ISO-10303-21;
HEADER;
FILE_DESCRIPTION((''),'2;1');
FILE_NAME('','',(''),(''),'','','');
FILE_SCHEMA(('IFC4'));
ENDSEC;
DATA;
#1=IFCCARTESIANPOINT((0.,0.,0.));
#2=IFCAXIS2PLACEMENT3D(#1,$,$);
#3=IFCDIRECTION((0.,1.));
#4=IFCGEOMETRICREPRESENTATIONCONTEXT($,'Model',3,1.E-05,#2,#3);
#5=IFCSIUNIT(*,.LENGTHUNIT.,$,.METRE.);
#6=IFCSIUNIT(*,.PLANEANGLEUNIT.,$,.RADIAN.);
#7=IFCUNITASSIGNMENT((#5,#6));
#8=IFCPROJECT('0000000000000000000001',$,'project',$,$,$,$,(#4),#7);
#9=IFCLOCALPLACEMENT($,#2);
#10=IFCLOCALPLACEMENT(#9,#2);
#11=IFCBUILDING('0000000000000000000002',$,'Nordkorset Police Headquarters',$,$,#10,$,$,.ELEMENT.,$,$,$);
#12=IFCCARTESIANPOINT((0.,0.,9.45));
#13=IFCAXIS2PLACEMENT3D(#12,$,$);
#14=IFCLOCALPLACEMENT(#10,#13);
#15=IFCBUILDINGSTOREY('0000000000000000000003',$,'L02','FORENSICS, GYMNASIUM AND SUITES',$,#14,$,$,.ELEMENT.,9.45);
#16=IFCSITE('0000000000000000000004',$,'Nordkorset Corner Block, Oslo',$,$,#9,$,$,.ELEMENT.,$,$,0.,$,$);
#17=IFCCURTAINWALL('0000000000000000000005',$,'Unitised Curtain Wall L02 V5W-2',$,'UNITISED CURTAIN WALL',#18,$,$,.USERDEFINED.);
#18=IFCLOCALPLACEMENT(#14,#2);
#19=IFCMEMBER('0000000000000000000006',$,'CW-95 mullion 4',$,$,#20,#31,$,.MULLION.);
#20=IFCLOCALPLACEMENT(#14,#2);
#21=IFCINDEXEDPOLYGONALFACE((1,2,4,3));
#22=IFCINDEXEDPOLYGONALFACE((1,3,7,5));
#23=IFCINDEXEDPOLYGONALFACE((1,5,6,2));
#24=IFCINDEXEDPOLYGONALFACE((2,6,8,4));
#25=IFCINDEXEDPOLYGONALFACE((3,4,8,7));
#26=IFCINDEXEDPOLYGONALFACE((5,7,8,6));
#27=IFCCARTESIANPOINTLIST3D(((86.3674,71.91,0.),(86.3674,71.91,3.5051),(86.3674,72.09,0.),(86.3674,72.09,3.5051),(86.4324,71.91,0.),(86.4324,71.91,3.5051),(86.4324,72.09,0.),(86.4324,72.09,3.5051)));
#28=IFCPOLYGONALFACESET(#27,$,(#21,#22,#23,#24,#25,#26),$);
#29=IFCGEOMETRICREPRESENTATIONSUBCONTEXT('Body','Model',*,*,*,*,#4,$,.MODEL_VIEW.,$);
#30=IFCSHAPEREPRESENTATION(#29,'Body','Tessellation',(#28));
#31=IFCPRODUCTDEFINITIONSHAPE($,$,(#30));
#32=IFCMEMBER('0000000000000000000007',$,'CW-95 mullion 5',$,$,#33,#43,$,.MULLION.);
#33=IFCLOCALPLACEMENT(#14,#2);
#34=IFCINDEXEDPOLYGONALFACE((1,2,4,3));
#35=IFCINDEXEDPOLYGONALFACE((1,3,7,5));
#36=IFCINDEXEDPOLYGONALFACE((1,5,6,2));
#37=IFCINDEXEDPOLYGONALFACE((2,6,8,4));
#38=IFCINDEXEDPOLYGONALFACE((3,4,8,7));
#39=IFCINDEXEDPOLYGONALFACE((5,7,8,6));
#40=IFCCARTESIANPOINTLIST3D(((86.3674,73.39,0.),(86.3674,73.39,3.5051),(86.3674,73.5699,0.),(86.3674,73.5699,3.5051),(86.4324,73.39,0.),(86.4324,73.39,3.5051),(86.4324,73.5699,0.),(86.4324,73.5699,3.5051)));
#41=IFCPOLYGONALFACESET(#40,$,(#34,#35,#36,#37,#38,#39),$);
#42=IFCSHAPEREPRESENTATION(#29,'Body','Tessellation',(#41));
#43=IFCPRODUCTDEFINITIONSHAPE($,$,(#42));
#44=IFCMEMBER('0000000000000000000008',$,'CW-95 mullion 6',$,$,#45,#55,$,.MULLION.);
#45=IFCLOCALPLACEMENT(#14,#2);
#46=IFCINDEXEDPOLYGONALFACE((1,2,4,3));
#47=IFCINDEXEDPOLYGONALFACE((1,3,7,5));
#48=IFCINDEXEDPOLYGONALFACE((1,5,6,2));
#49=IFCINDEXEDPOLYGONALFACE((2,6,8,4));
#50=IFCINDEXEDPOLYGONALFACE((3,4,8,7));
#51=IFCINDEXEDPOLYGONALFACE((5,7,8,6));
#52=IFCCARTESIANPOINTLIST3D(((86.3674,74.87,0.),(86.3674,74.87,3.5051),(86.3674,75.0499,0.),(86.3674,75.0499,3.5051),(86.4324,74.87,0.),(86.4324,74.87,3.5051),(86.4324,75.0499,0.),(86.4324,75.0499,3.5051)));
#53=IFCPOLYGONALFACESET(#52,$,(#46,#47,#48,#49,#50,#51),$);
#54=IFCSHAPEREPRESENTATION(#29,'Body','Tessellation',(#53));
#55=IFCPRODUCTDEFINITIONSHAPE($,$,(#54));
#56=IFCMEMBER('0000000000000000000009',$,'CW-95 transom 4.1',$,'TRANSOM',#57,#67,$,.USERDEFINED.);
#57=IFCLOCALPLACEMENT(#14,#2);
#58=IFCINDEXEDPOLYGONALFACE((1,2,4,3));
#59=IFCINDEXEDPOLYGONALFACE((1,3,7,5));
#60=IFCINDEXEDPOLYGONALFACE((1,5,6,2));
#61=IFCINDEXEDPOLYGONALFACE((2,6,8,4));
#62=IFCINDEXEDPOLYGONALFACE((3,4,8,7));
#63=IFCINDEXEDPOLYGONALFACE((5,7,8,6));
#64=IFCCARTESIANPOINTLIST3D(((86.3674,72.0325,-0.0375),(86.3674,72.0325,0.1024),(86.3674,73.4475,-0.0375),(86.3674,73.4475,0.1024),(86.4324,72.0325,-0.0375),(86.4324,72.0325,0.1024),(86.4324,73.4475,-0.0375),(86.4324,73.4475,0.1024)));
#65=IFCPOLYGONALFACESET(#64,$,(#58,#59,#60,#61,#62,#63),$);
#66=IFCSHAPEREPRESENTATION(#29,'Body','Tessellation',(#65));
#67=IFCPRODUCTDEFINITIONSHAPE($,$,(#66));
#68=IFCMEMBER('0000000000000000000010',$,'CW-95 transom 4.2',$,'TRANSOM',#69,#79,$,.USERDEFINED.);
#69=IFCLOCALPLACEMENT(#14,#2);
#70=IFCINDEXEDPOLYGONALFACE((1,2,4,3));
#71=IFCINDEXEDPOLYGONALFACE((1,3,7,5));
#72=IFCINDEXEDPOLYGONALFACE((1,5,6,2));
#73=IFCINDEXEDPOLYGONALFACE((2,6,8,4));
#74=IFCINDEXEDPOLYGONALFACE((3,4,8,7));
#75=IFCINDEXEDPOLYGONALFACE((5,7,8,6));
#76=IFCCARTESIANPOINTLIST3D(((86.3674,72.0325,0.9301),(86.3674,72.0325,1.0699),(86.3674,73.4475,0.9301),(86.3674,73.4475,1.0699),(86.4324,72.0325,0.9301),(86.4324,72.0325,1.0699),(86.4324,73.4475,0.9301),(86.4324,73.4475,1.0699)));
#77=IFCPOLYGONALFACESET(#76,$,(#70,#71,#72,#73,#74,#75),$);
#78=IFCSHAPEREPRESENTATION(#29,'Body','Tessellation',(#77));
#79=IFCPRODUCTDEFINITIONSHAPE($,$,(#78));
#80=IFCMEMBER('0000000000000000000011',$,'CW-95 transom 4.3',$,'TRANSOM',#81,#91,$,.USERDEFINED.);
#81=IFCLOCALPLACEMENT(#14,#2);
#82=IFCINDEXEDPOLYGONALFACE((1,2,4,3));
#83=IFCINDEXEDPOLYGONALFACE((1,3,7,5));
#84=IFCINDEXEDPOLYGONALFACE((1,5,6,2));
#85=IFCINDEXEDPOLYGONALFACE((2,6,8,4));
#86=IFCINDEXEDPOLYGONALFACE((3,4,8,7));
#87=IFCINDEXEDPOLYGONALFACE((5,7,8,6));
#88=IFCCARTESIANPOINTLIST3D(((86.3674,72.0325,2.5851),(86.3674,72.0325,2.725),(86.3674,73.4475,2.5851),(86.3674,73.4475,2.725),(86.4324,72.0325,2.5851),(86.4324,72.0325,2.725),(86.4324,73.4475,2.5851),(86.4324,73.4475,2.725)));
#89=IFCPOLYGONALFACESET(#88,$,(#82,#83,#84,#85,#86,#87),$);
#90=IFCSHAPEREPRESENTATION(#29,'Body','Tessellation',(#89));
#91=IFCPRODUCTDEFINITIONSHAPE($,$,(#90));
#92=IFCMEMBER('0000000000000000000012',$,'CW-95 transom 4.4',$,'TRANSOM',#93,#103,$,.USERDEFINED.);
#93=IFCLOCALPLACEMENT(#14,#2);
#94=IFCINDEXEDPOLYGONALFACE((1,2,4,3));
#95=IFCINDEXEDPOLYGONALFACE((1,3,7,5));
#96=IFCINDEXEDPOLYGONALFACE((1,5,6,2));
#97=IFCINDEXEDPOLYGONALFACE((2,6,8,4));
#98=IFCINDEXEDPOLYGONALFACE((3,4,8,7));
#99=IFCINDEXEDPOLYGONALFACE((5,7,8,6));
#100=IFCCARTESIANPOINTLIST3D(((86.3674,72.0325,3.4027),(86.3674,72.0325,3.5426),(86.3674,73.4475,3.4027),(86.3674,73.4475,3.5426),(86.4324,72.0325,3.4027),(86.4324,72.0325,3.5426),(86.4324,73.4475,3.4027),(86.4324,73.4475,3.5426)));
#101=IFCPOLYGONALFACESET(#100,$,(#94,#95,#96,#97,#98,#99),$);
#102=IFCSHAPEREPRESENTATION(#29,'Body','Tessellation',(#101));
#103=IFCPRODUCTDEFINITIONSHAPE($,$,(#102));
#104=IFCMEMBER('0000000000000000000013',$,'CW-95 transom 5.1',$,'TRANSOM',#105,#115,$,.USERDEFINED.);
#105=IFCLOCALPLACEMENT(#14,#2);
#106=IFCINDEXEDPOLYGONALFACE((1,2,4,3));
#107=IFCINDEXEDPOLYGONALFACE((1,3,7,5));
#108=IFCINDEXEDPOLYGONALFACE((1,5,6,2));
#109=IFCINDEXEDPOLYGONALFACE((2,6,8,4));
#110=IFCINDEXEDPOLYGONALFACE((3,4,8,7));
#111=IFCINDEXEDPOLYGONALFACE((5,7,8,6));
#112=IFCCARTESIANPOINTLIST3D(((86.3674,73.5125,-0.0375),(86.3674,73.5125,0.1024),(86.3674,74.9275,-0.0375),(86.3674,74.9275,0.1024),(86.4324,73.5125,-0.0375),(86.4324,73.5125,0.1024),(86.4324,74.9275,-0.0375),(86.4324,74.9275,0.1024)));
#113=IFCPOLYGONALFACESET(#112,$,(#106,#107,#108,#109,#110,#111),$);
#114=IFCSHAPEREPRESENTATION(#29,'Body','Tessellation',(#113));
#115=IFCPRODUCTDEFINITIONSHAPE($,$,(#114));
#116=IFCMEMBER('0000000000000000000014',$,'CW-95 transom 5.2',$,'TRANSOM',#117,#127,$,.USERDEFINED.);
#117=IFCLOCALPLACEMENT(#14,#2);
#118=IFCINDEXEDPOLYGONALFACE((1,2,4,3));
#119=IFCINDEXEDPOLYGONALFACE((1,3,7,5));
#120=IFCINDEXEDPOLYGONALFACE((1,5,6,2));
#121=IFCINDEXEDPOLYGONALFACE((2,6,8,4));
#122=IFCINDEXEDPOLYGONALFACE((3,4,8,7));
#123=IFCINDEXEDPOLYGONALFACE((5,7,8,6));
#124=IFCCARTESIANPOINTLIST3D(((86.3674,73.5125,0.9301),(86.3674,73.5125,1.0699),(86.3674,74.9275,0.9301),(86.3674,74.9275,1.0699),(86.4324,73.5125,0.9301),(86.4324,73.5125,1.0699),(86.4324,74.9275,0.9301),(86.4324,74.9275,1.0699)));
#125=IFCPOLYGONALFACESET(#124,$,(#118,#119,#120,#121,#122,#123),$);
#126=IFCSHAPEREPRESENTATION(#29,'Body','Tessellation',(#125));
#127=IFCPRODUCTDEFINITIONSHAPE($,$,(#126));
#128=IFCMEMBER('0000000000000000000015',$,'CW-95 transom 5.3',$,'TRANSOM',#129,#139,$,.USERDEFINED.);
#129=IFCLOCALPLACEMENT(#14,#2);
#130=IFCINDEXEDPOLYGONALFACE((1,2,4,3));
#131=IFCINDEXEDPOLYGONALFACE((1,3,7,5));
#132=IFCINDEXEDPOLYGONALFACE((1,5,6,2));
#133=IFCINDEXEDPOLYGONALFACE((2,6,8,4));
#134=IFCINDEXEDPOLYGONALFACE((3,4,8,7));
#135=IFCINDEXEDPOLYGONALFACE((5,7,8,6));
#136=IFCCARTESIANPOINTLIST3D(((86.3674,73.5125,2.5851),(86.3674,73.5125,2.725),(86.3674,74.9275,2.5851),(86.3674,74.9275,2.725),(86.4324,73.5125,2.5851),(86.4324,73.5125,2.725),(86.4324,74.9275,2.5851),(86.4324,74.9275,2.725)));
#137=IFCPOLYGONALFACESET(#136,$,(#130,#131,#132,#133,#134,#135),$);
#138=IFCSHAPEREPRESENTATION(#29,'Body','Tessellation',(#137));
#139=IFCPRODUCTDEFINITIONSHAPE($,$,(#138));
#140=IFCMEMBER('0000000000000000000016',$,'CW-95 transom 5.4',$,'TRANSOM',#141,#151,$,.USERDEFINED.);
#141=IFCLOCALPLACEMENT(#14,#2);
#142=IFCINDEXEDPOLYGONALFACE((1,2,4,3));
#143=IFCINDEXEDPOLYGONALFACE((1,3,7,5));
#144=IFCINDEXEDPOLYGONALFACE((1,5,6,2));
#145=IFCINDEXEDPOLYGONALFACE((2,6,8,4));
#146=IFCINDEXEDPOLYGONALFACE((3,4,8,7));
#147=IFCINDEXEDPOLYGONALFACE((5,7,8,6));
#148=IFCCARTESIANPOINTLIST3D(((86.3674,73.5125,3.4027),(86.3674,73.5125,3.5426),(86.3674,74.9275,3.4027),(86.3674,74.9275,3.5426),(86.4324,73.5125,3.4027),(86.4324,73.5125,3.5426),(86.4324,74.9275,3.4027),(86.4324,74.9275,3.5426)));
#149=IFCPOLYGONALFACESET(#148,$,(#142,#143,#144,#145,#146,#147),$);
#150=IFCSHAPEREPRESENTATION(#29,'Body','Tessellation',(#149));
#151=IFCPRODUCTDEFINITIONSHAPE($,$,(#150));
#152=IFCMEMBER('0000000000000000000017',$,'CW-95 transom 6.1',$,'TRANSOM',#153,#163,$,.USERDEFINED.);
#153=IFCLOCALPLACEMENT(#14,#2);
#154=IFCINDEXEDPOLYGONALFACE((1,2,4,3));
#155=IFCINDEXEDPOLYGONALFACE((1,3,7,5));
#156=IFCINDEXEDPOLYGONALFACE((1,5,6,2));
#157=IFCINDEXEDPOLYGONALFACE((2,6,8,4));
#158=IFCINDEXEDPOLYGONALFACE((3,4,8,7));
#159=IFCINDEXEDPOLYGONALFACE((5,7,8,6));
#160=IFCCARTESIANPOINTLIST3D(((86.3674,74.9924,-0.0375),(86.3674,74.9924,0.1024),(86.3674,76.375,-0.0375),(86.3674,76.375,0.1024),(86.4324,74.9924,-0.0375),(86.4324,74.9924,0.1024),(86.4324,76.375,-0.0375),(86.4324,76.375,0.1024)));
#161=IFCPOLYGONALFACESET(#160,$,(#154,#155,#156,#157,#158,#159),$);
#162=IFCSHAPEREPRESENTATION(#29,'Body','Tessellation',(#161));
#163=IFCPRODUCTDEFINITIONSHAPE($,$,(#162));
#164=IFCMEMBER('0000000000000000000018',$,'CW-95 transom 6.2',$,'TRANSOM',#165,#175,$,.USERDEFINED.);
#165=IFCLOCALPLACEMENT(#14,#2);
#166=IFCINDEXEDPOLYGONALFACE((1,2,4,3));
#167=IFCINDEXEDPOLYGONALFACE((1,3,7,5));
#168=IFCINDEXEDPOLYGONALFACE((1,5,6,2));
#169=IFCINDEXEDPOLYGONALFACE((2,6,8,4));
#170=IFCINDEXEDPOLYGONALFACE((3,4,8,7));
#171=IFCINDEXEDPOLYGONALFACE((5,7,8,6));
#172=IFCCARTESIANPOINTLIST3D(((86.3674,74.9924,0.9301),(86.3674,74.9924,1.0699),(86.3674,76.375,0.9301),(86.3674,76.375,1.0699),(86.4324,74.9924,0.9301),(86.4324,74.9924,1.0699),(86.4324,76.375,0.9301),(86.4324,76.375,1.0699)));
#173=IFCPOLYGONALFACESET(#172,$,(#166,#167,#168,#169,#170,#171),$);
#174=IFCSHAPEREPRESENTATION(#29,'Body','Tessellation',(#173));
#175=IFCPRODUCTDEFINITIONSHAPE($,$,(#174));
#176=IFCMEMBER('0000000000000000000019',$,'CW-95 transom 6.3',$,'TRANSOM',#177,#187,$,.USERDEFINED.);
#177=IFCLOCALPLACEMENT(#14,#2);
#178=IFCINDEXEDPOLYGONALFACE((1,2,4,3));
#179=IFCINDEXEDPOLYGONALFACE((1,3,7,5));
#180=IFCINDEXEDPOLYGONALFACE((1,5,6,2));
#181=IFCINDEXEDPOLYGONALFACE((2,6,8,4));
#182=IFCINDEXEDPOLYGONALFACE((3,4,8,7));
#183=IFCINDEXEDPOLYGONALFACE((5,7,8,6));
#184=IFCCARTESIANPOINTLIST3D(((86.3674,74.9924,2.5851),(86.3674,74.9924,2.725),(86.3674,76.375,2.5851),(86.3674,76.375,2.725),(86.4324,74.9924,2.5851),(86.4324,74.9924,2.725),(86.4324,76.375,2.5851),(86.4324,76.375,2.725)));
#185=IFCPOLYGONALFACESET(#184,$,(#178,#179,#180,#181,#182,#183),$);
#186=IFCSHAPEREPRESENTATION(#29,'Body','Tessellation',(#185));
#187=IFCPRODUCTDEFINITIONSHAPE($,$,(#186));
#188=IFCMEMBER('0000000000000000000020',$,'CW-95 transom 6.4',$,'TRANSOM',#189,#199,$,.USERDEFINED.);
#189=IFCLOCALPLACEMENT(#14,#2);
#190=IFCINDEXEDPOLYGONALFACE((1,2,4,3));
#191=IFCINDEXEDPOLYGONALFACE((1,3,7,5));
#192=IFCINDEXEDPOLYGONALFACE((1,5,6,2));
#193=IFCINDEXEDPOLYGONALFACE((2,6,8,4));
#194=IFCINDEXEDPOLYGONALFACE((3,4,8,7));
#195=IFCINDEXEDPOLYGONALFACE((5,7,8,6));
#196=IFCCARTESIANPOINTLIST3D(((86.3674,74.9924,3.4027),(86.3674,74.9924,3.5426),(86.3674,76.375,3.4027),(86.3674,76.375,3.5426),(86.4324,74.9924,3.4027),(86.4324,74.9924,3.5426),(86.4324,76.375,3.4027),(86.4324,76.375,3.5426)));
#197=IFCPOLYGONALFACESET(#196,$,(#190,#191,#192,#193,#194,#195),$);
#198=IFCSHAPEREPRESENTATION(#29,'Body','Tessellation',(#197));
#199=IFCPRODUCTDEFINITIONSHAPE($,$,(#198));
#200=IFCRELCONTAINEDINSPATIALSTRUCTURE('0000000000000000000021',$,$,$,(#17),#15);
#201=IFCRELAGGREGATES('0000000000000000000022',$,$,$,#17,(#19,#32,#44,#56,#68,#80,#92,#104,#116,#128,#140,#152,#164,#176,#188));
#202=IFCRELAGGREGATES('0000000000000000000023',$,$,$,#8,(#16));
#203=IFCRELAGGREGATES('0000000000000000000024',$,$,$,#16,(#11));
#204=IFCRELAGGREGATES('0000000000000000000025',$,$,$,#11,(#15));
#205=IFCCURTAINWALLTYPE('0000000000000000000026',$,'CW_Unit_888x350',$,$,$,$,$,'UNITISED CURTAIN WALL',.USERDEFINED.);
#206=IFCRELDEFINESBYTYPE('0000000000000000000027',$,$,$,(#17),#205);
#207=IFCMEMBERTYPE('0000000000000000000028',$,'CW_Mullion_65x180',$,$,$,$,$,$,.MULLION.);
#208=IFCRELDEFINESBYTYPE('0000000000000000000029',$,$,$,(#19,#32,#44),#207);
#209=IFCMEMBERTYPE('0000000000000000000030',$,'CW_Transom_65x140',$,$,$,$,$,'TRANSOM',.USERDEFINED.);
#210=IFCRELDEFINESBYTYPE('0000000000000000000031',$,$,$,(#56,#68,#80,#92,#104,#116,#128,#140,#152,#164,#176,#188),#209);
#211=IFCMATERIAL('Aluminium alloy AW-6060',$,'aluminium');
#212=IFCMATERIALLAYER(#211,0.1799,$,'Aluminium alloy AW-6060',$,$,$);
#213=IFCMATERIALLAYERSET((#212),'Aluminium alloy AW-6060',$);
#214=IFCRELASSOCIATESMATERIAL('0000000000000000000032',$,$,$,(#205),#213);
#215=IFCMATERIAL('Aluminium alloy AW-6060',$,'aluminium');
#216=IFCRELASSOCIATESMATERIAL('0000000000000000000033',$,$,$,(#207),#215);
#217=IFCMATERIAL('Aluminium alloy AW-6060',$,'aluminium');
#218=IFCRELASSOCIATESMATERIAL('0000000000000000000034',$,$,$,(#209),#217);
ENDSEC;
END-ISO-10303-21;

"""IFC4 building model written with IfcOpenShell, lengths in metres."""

from ifc_helpers import new_model, si_unit, direction, frame, origin, origin_2d, place, context, subcontext, project, spatial, rectangle, extrude, material, layer, layer_set, material_profile, profile_set, type_object, element, aggregate, save


model = new_model("IFC4")

# Units and contexts
model_context = context("Model", 3, precision=1e-05, world=origin(), true_north=direction((0.0, 1.0)))
body_context = subcontext(model_context, "Body", "Model", "MODEL_VIEW")
ifc_project = project(units=[si_unit("LENGTHUNIT", "METRE"), si_unit("PLANEANGLEUNIT", "RADIAN")], contexts=[model_context])

# Site, building, storey
site_placement = place(None, origin())
site = spatial("IfcSite", under=ifc_project, at=site_placement, Name="Nordkorset Corner Block, Oslo", CompositionType="ELEMENT", RefElevation=0.0)
building_placement = place(site_placement, origin())
building = spatial("IfcBuilding", under=site, at=building_placement, Name="Nordkorset Police Headquarters", CompositionType="ELEMENT")
storey_placement = place(building_placement, frame((0.0, 0.0, 9.45)))
storey = spatial("IfcBuildingStorey", under=building, at=storey_placement, Name="L02", Description="FORENSICS, GYMNASIUM AND SUITES", CompositionType="ELEMENT", Elevation=9.45)

# Curtain wall, members
ifc_material_1 = material(Name="Aluminium alloy AW-6060", Category="aluminium")
ifc_layer_1 = layer(ifc_material_1, 0.1799, Name="Aluminium alloy AW-6060")
ifc_layer_set_1 = layer_set([ifc_layer_1], Name="Aluminium alloy AW-6060")
curtain_wall_type = type_object("IfcCurtainWallType", Name="CW_Unit_888x350", ElementType="UNITISED CURTAIN WALL", PredefinedType="USERDEFINED", material=ifc_layer_set_1)
curtain_wall_placement = place(storey_placement, origin())
curtain_wall = element("IfcCurtainWall", 1, at=curtain_wall_placement, inside=storey, type_object=curtain_wall_type, Name="Unitised Curtain Wall L02 V5W-2", ObjectType="UNITISED CURTAIN WALL", PredefinedType="USERDEFINED")
ifc_material_2 = material(Name="Aluminium alloy AW-6060", Category="aluminium")
ifc_material_profile_1 = material_profile(ifc_material_2, rectangle(XDim=0.0649, YDim=0.1799, at=origin_2d()), Name="ALU MULL 65x180")
ifc_profile_set_1 = profile_set([ifc_material_profile_1], Name="Aluminium alloy AW-6060")
member_type_1 = type_object("IfcMemberType", Name="CW_Mullion_65x180", PredefinedType="MULLION", material=ifc_profile_set_1)
member_1_placement = place(storey_placement, frame((86.3999, 72.0, 0.0), z_axis=(0.0, 0.0, 1.0), x_axis=(-1.0, 0.0, 0.0)))
member_1 = element("IfcMember", 2, at=member_1_placement, type_object=member_type_1, Name="CW-95 mullion 4", PredefinedType="MULLION", context=body_context, shape_type="SweptSolid", body=[
    extrude(rectangle(XDim=0.0649, YDim=0.1799, at=origin_2d()), origin(), (0.0, 0.0, 1.0), 3.5051),
])
member_2_placement = place(storey_placement, frame((86.3999, 73.48, 0.0), z_axis=(0.0, 0.0, 1.0), x_axis=(-1.0, 0.0, 0.0)))
member_2 = element("IfcMember", 3, at=member_2_placement, type_object=member_type_1, Name="CW-95 mullion 5", PredefinedType="MULLION", context=body_context, shape_type="SweptSolid", body=[
    extrude(rectangle(XDim=0.0649, YDim=0.1799, at=origin_2d()), origin(), (0.0, 0.0, 1.0), 3.5051),
])
member_3_placement = place(storey_placement, frame((86.3999, 74.96, 0.0), z_axis=(0.0, 0.0, 1.0), x_axis=(-1.0, 0.0, 0.0)))
member_3 = element("IfcMember", 4, at=member_3_placement, type_object=member_type_1, Name="CW-95 mullion 6", PredefinedType="MULLION", context=body_context, shape_type="SweptSolid", body=[
    extrude(rectangle(XDim=0.0649, YDim=0.1799, at=origin_2d()), origin(), (0.0, 0.0, 1.0), 3.5051),
])
ifc_material_3 = material(Name="Aluminium alloy AW-6060", Category="aluminium")
ifc_material_profile_2 = material_profile(ifc_material_3, rectangle(XDim=0.0649, YDim=0.1399, at=origin_2d()), Name="ALU TRAN 65x140")
ifc_profile_set_2 = profile_set([ifc_material_profile_2], Name="Aluminium alloy AW-6060")
member_type_2 = type_object("IfcMemberType", Name="CW_Transom_65x140", ElementType="TRANSOM", PredefinedType="USERDEFINED", material=ifc_profile_set_2)
member_4_placement = place(storey_placement, frame((86.3999, 72.0325, 0.0325), z_axis=(0.0, 1.0, 0.0), x_axis=(-1.0, 0.0, 0.0)))
member_4 = element("IfcMember", 5, at=member_4_placement, type_object=member_type_2, Name="CW-95 transom 4.1", ObjectType="TRANSOM", PredefinedType="USERDEFINED", context=body_context, shape_type="SweptSolid", body=[
    extrude(rectangle(XDim=0.0649, YDim=0.1399, at=origin_2d()), origin(), (0.0, 0.0, 1.0), 1.415),
])
member_5_placement = place(storey_placement, frame((86.3999, 72.0325, 1.0), z_axis=(0.0, 1.0, 0.0), x_axis=(-1.0, 0.0, 0.0)))
member_5 = element("IfcMember", 6, at=member_5_placement, type_object=member_type_2, Name="CW-95 transom 4.2", ObjectType="TRANSOM", PredefinedType="USERDEFINED", context=body_context, shape_type="SweptSolid", body=[
    extrude(rectangle(XDim=0.0649, YDim=0.1399, at=origin_2d()), origin(), (0.0, 0.0, 1.0), 1.415),
])
member_6_placement = place(storey_placement, frame((86.3999, 72.0325, 2.655), z_axis=(0.0, 1.0, 0.0), x_axis=(-1.0, 0.0, 0.0)))
member_6 = element("IfcMember", 7, at=member_6_placement, type_object=member_type_2, Name="CW-95 transom 4.3", ObjectType="TRANSOM", PredefinedType="USERDEFINED", context=body_context, shape_type="SweptSolid", body=[
    extrude(rectangle(XDim=0.0649, YDim=0.1399, at=origin_2d()), origin(), (0.0, 0.0, 1.0), 1.415),
])
member_7_placement = place(storey_placement, frame((86.3999, 72.0325, 3.4727), z_axis=(0.0, 1.0, 0.0), x_axis=(-1.0, 0.0, 0.0)))
member_7 = element("IfcMember", 8, at=member_7_placement, type_object=member_type_2, Name="CW-95 transom 4.4", ObjectType="TRANSOM", PredefinedType="USERDEFINED", context=body_context, shape_type="SweptSolid", body=[
    extrude(rectangle(XDim=0.0649, YDim=0.1399, at=origin_2d()), origin(), (0.0, 0.0, 1.0), 1.415),
])
member_8_placement = place(storey_placement, frame((86.3999, 73.5125, 0.0325), z_axis=(0.0, 1.0, 0.0), x_axis=(-1.0, 0.0, 0.0)))
member_8 = element("IfcMember", 9, at=member_8_placement, type_object=member_type_2, Name="CW-95 transom 5.1", ObjectType="TRANSOM", PredefinedType="USERDEFINED", context=body_context, shape_type="SweptSolid", body=[
    extrude(rectangle(XDim=0.0649, YDim=0.1399, at=origin_2d()), origin(), (0.0, 0.0, 1.0), 1.415),
])
member_9_placement = place(storey_placement, frame((86.3999, 73.5125, 1.0), z_axis=(0.0, 1.0, 0.0), x_axis=(-1.0, 0.0, 0.0)))
member_9 = element("IfcMember", 10, at=member_9_placement, type_object=member_type_2, Name="CW-95 transom 5.2", ObjectType="TRANSOM", PredefinedType="USERDEFINED", context=body_context, shape_type="SweptSolid", body=[
    extrude(rectangle(XDim=0.0649, YDim=0.1399, at=origin_2d()), origin(), (0.0, 0.0, 1.0), 1.415),
])
member_10_placement = place(storey_placement, frame((86.3999, 73.5125, 2.655), z_axis=(0.0, 1.0, 0.0), x_axis=(-1.0, 0.0, 0.0)))
member_10 = element("IfcMember", 11, at=member_10_placement, type_object=member_type_2, Name="CW-95 transom 5.3", ObjectType="TRANSOM", PredefinedType="USERDEFINED", context=body_context, shape_type="SweptSolid", body=[
    extrude(rectangle(XDim=0.0649, YDim=0.1399, at=origin_2d()), origin(), (0.0, 0.0, 1.0), 1.415),
])
member_11_placement = place(storey_placement, frame((86.3999, 73.5125, 3.4727), z_axis=(0.0, 1.0, 0.0), x_axis=(-1.0, 0.0, 0.0)))
member_11 = element("IfcMember", 12, at=member_11_placement, type_object=member_type_2, Name="CW-95 transom 5.4", ObjectType="TRANSOM", PredefinedType="USERDEFINED", context=body_context, shape_type="SweptSolid", body=[
    extrude(rectangle(XDim=0.0649, YDim=0.1399, at=origin_2d()), origin(), (0.0, 0.0, 1.0), 1.415),
])
member_12_placement = place(storey_placement, frame((86.3999, 74.9924, 0.0325), z_axis=(0.0, 1.0, 0.0), x_axis=(-1.0, 0.0, 0.0)))
member_12 = element("IfcMember", 13, at=member_12_placement, type_object=member_type_2, Name="CW-95 transom 6.1", ObjectType="TRANSOM", PredefinedType="USERDEFINED", context=body_context, shape_type="SweptSolid", body=[
    extrude(rectangle(XDim=0.0649, YDim=0.1399, at=origin_2d()), origin(), (0.0, 0.0, 1.0), 1.3826),
])
member_13_placement = place(storey_placement, frame((86.3999, 74.9924, 1.0), z_axis=(0.0, 1.0, 0.0), x_axis=(-1.0, 0.0, 0.0)))
member_13 = element("IfcMember", 14, at=member_13_placement, type_object=member_type_2, Name="CW-95 transom 6.2", ObjectType="TRANSOM", PredefinedType="USERDEFINED", context=body_context, shape_type="SweptSolid", body=[
    extrude(rectangle(XDim=0.0649, YDim=0.1399, at=origin_2d()), origin(), (0.0, 0.0, 1.0), 1.3826),
])
member_14_placement = place(storey_placement, frame((86.3999, 74.9924, 2.655), z_axis=(0.0, 1.0, 0.0), x_axis=(-1.0, 0.0, 0.0)))
member_14 = element("IfcMember", 15, at=member_14_placement, type_object=member_type_2, Name="CW-95 transom 6.3", ObjectType="TRANSOM", PredefinedType="USERDEFINED", context=body_context, shape_type="SweptSolid", body=[
    extrude(rectangle(XDim=0.0649, YDim=0.1399, at=origin_2d()), origin(), (0.0, 0.0, 1.0), 1.3826),
])
member_15_placement = place(storey_placement, frame((86.3999, 74.9924, 3.4727), z_axis=(0.0, 1.0, 0.0), x_axis=(-1.0, 0.0, 0.0)))
member_15 = element("IfcMember", 16, at=member_15_placement, type_object=member_type_2, Name="CW-95 transom 6.4", ObjectType="TRANSOM", PredefinedType="USERDEFINED", context=body_context, shape_type="SweptSolid", body=[
    extrude(rectangle(XDim=0.0649, YDim=0.1399, at=origin_2d()), origin(), (0.0, 0.0, 1.0), 1.3826),
])
aggregate(curtain_wall, [member_1, member_2, member_3, member_4, member_5, member_6, member_7, member_8, member_9, member_10, member_11, member_12, member_13, member_14, member_15])

save(model, "model.ifc")
